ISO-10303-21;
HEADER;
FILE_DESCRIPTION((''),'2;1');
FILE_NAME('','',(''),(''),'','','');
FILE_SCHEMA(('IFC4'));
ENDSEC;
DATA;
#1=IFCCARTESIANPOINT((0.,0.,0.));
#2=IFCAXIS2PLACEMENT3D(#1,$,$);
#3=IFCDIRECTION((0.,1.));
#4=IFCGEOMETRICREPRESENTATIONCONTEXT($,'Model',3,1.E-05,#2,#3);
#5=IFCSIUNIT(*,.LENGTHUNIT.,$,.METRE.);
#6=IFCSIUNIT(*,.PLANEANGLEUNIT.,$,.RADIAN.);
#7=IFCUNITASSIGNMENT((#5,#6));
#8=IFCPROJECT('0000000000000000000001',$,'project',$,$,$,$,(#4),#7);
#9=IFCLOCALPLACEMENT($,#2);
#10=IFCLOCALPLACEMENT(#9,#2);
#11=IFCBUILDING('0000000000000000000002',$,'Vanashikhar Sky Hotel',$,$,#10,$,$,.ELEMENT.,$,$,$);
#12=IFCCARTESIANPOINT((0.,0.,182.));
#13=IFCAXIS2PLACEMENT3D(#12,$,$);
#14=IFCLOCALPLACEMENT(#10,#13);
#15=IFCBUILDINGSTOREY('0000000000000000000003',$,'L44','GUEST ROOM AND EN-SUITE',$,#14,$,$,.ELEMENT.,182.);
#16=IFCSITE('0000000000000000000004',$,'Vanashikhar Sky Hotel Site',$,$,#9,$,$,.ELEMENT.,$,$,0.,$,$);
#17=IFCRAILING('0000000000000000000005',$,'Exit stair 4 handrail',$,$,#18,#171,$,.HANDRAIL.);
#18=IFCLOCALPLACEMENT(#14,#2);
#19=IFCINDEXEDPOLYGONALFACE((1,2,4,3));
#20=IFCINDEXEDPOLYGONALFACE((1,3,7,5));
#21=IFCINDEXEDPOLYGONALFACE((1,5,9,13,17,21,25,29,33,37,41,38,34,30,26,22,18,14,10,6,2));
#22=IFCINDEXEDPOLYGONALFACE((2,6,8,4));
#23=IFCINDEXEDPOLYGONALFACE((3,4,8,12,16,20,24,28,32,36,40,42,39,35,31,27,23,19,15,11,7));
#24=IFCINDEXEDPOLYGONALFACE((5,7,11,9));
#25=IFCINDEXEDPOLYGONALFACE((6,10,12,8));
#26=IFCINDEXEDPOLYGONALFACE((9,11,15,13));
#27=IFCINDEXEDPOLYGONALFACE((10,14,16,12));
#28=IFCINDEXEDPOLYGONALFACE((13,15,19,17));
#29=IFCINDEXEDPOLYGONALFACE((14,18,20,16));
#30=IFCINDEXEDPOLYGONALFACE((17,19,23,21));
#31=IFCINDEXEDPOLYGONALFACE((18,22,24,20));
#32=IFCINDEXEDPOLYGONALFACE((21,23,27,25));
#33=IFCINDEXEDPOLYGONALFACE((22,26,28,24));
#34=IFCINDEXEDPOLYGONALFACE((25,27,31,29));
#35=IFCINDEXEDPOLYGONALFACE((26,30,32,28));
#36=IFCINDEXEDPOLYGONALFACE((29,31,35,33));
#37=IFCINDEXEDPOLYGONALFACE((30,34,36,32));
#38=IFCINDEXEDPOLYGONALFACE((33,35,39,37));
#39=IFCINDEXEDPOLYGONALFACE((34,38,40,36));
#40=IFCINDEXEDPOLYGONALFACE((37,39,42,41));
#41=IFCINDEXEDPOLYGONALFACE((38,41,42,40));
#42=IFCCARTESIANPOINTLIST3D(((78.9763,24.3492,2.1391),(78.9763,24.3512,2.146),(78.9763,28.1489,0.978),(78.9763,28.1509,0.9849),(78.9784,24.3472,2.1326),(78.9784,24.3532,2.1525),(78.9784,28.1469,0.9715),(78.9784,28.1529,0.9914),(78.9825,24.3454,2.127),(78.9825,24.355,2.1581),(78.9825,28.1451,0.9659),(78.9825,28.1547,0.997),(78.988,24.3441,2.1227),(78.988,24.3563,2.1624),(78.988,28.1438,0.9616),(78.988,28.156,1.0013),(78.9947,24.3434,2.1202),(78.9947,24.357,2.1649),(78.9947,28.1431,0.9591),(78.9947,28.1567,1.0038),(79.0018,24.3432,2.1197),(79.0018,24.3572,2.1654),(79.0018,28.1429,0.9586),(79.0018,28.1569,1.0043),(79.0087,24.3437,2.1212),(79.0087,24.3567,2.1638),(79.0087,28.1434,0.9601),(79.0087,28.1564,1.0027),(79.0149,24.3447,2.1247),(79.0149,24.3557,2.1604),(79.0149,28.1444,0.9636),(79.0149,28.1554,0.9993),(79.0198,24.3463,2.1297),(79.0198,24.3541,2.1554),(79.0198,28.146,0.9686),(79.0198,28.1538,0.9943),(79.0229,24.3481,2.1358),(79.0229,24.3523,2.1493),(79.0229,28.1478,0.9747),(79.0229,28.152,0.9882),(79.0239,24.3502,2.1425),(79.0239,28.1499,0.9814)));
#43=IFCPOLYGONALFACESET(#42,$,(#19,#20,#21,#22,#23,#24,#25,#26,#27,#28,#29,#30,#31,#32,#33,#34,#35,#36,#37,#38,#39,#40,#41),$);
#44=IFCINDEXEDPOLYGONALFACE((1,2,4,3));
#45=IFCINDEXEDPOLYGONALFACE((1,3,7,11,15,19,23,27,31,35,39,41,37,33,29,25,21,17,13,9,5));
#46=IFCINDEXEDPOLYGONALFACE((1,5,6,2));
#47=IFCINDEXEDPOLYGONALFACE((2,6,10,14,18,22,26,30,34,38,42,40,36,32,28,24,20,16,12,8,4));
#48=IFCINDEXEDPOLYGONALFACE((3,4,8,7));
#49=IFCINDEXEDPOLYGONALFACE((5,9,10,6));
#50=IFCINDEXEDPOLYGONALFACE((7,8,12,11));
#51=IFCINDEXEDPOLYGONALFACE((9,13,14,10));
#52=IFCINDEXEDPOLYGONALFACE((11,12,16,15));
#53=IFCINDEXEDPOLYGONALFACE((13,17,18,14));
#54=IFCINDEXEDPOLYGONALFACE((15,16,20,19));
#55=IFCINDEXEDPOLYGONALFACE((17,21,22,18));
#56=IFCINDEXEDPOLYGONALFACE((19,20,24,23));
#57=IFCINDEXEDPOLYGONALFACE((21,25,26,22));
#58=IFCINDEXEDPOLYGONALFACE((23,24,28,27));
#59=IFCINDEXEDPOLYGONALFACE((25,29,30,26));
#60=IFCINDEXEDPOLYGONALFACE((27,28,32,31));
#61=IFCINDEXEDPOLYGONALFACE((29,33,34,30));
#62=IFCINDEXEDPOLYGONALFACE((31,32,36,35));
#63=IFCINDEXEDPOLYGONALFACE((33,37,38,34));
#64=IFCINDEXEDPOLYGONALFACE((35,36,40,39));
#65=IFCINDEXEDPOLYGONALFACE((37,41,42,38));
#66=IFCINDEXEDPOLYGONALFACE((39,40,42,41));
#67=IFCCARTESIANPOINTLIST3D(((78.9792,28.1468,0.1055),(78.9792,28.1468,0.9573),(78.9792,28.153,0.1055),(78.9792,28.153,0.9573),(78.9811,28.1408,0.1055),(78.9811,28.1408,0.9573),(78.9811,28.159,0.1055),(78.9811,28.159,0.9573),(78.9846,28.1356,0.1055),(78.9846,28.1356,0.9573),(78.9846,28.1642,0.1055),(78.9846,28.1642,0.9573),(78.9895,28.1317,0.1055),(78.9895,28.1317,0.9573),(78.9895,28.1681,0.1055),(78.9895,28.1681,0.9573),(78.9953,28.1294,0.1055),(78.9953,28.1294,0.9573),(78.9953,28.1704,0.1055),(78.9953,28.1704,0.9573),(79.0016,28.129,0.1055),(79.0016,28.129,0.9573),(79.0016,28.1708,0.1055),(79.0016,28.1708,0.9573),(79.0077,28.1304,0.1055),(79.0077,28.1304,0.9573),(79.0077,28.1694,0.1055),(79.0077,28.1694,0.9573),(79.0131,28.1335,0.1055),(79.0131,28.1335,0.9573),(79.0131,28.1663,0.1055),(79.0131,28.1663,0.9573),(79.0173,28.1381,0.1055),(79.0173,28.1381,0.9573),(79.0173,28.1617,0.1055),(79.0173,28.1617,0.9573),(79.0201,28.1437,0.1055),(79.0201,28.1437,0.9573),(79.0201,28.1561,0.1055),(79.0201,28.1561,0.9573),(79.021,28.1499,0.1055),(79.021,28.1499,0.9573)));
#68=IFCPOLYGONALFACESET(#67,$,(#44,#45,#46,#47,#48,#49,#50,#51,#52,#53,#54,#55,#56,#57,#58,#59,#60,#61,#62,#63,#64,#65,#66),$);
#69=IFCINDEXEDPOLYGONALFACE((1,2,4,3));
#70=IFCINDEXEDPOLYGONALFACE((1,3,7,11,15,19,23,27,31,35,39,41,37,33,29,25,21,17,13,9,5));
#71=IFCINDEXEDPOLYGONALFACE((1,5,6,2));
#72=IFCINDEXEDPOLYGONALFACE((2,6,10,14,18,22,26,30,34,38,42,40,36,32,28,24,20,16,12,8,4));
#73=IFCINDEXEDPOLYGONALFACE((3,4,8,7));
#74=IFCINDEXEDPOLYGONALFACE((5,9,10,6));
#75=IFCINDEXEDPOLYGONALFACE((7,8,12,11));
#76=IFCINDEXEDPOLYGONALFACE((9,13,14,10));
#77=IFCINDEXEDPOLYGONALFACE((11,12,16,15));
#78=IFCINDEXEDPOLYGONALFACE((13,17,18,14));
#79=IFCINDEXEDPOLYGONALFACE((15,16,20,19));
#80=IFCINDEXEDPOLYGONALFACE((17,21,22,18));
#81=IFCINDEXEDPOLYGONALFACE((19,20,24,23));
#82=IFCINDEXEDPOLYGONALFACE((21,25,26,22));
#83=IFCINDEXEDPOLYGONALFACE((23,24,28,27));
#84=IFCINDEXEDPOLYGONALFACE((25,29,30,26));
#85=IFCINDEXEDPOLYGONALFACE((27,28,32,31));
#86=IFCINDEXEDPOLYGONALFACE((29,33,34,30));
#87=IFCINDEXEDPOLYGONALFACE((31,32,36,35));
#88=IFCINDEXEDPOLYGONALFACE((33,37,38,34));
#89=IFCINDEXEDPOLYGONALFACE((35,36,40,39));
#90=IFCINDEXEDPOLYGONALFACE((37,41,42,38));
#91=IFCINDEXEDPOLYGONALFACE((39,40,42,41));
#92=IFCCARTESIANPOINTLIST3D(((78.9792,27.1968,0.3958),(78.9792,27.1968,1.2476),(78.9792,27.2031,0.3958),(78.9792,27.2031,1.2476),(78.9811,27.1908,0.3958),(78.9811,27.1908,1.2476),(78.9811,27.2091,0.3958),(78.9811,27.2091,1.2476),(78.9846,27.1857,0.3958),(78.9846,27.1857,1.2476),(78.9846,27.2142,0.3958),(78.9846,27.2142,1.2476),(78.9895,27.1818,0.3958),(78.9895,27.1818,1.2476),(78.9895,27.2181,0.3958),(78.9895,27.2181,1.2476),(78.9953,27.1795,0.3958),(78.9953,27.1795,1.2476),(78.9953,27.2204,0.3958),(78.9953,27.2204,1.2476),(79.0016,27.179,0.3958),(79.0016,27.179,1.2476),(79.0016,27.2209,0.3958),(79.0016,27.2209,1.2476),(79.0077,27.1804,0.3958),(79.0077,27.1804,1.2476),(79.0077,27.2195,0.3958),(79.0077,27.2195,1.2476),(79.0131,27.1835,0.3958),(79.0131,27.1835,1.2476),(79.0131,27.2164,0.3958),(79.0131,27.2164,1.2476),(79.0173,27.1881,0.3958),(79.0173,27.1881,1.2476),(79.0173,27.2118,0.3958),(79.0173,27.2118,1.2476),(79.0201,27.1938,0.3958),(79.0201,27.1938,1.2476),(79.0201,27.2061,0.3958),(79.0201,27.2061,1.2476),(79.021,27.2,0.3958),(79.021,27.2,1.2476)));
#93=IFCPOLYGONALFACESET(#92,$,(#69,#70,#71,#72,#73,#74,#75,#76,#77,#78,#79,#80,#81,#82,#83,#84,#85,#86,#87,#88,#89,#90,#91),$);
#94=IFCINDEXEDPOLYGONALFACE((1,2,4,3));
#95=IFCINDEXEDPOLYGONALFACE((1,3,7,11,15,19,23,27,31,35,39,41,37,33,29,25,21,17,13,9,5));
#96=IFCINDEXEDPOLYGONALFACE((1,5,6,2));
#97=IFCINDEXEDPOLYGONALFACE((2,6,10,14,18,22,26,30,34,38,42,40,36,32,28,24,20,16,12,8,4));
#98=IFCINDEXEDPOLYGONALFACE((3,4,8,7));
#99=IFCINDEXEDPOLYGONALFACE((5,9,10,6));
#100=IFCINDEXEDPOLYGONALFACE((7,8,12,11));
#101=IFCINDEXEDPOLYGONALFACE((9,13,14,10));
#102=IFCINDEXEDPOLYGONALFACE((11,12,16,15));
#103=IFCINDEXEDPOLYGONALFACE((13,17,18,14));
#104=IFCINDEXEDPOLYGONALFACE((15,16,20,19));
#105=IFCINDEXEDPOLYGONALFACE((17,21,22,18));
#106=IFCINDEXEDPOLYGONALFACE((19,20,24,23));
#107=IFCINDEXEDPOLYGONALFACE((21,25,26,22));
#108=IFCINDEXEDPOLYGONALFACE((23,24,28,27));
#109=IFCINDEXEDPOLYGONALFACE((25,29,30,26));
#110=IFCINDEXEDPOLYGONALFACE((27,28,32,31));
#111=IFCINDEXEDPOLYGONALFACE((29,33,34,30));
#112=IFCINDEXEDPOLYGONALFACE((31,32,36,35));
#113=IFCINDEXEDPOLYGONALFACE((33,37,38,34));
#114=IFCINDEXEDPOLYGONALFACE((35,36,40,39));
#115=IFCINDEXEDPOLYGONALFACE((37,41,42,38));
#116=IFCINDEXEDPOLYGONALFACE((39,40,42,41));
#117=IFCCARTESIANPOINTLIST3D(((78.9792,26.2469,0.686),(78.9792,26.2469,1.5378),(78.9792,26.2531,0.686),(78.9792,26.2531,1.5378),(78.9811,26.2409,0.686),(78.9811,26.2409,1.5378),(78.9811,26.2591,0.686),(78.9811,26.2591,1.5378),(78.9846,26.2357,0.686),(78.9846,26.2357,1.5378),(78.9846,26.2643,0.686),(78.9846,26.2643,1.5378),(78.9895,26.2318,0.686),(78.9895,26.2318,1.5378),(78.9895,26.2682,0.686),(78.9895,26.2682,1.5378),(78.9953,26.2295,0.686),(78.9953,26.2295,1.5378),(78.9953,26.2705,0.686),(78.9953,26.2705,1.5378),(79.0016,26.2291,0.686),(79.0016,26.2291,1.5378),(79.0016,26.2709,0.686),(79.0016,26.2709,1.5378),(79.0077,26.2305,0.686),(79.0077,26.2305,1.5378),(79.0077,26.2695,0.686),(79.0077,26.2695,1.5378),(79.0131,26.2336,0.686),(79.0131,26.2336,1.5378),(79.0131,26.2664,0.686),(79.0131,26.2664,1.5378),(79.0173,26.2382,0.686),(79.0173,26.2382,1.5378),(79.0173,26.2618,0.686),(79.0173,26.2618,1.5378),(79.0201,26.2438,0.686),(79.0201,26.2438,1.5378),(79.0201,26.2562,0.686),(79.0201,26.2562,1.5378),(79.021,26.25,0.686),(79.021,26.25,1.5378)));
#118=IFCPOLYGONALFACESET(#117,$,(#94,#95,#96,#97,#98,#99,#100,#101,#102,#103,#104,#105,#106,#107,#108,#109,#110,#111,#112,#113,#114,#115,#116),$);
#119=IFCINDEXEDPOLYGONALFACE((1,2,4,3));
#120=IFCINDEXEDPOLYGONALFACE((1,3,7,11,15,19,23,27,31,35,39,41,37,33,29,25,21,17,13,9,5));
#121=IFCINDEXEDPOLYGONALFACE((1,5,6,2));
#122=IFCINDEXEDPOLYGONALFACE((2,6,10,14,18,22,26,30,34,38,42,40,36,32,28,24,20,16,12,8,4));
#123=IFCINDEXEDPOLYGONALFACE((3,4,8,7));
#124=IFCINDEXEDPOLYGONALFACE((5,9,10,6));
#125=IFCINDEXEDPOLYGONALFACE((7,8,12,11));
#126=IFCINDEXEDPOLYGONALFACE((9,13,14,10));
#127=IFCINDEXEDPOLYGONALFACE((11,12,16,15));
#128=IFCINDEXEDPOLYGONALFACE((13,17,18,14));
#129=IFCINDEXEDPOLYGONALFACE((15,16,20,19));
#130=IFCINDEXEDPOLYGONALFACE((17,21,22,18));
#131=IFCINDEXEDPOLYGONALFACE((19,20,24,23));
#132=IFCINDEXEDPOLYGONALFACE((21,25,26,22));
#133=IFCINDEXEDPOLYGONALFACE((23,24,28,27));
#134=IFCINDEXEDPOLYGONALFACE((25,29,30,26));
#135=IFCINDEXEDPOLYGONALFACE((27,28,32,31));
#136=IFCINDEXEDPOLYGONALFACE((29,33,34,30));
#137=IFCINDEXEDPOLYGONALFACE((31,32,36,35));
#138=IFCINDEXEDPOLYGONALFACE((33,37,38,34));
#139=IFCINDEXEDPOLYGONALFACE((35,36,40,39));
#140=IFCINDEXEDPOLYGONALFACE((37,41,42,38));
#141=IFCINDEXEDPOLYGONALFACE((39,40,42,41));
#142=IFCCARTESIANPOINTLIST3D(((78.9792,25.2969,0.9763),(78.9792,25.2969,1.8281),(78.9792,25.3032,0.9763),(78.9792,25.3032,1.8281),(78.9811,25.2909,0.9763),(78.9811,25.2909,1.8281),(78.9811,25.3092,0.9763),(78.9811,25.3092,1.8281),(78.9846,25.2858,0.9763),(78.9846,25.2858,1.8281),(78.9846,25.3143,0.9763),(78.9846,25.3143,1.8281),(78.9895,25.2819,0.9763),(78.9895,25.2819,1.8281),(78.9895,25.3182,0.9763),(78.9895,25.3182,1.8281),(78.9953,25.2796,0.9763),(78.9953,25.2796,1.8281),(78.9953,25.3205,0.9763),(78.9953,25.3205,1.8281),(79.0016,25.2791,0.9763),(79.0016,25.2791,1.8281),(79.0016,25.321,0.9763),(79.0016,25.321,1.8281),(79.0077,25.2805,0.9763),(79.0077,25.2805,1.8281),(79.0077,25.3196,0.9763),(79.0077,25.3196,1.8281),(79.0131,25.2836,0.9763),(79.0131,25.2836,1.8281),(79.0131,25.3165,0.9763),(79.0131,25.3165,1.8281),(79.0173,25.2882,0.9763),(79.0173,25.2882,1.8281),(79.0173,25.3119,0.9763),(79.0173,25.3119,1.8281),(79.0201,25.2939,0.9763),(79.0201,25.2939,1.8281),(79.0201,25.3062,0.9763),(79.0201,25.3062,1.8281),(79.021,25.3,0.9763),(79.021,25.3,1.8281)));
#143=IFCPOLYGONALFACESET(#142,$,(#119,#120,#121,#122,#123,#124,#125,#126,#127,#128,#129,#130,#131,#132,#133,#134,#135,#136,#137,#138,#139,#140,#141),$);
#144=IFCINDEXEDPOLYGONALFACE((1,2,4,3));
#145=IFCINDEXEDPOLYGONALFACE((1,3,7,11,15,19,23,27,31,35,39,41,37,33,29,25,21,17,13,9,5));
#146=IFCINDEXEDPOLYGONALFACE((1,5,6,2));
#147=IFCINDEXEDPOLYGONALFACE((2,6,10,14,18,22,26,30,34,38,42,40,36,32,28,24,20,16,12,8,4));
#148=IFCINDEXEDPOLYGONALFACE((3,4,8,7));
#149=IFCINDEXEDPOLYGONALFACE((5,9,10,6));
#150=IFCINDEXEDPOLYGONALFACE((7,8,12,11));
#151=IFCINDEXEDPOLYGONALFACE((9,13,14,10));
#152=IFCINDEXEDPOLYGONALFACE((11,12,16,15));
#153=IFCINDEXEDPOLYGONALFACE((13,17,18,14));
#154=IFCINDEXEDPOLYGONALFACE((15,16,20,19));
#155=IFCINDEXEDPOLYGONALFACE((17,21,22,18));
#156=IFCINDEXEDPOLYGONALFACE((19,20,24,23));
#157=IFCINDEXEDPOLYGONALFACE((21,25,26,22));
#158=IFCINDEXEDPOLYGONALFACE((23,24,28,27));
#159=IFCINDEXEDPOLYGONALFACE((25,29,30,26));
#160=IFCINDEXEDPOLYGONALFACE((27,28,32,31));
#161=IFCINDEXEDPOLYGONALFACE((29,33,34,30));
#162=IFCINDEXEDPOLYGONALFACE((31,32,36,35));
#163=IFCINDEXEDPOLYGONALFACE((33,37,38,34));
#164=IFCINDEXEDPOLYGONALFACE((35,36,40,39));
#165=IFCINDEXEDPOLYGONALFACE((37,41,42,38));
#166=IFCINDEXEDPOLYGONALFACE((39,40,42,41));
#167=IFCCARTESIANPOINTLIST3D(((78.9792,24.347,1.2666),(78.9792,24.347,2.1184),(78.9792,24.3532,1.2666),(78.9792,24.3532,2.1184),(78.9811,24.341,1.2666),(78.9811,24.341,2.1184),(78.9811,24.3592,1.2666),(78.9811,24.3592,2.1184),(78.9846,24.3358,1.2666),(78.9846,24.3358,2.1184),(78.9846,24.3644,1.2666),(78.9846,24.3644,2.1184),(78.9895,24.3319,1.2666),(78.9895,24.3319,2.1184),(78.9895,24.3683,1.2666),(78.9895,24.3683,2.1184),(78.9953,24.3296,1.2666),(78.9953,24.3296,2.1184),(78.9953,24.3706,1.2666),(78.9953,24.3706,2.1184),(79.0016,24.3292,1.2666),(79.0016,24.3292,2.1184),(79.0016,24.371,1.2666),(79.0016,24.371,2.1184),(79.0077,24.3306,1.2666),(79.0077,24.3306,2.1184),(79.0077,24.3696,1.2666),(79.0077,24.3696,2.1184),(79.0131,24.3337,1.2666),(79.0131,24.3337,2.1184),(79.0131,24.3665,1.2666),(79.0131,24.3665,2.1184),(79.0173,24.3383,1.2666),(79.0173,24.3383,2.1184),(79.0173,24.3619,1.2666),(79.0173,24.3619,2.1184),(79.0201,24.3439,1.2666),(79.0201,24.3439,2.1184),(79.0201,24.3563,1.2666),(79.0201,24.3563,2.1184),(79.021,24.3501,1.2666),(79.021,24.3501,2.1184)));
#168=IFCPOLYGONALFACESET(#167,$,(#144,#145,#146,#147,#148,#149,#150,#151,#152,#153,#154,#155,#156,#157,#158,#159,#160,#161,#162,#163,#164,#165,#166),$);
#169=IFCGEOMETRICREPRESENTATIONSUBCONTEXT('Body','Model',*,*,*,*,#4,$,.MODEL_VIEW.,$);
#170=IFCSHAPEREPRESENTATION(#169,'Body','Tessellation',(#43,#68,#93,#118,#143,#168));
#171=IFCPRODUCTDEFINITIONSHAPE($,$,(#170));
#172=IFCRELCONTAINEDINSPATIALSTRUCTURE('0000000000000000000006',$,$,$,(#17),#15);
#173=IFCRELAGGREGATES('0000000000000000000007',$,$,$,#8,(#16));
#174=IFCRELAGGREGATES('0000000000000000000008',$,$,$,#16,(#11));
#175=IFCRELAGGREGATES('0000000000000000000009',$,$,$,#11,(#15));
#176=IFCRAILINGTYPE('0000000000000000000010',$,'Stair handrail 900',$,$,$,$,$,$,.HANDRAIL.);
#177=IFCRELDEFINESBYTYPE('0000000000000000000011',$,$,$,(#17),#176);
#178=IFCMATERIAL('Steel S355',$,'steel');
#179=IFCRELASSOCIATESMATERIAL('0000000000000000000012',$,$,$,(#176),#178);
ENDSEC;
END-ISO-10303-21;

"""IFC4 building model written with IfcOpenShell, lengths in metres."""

from ifc_helpers import new_model, si_unit, direction, frame, origin, origin_2d, place, context, subcontext, project, spatial, circle, extrude, source, transform, mapped, material, type_object, element, save


model = new_model("IFC4")

# Units and contexts
model_context = context("Model", 3, precision=1e-05, world=origin(), true_north=direction((0.0, 1.0)))
body_context = subcontext(model_context, "Body", "Model", "MODEL_VIEW")
ifc_project = project(units=[si_unit("LENGTHUNIT", "METRE"), si_unit("PLANEANGLEUNIT", "RADIAN")], contexts=[model_context])

# Site, building, storey
site_placement = place(None, origin())
site = spatial("IfcSite", under=ifc_project, at=site_placement, Name="Vanashikhar Sky Hotel Site", CompositionType="ELEMENT", RefElevation=0.0)
building_placement = place(site_placement, origin())
building = spatial("IfcBuilding", under=site, at=building_placement, Name="Vanashikhar Sky Hotel", CompositionType="ELEMENT")
storey_placement = place(building_placement, frame((0.0, 0.0, 182.0)))
storey = spatial("IfcBuildingStorey", under=building, at=storey_placement, Name="L44", Description="GUEST ROOM AND EN-SUITE", CompositionType="ELEMENT", Elevation=182.0)

# Railing
ifc_material_1 = material(Name="Steel S355", Category="steel")
railing_type_1 = type_object("IfcRailingType", Name="Stair handrail 900", PredefinedType="HANDRAIL", material=ifc_material_1)
shared_shape_1 = source(origin(), body_context, "Body", "SweptSolid", [
    extrude(circle(Radius=0.0239, at=origin_2d()), frame((0.0, 0.0, 0.876), z_axis=(0.0, -0.956346, 0.292237), x_axis=(1.0, 0.0, 0.0)), (0.0, 0.0, 1.0), 3.9731),
    extrude(circle(Radius=0.021, at=origin_2d()), origin(), (0.0, 0.0, 1.0), 0.8518),
    extrude(circle(Radius=0.021, at=origin_2d()), frame((0.0, -0.95, 0.2903)), (0.0, 0.0, 1.0), 0.8518),
    extrude(circle(Radius=0.021, at=origin_2d()), frame((0.0, -1.8999, 0.5806)), (0.0, 0.0, 1.0), 0.8518),
    extrude(circle(Radius=0.021, at=origin_2d()), frame((0.0, -2.8499, 0.8708)), (0.0, 0.0, 1.0), 0.8518),
    extrude(circle(Radius=0.021, at=origin_2d()), frame((0.0, -3.7998, 1.1611)), (0.0, 0.0, 1.0), 0.8518),
])
for number, where, name in (
    (1, (79.0, 28.1499, 0.1055), "Exit stair 4 handrail"),
):
    element("IfcRailing", number, at=place(storey_placement, frame(where)), inside=storey, type_object=railing_type_1, Name=name, PredefinedType="HANDRAIL", context=body_context, shape_type="MappedRepresentation", body=[
        mapped(shared_shape_1, transform((0.0, 0.0, 0.0), scale=1.0)),
    ])

save(model, "model.ifc")
